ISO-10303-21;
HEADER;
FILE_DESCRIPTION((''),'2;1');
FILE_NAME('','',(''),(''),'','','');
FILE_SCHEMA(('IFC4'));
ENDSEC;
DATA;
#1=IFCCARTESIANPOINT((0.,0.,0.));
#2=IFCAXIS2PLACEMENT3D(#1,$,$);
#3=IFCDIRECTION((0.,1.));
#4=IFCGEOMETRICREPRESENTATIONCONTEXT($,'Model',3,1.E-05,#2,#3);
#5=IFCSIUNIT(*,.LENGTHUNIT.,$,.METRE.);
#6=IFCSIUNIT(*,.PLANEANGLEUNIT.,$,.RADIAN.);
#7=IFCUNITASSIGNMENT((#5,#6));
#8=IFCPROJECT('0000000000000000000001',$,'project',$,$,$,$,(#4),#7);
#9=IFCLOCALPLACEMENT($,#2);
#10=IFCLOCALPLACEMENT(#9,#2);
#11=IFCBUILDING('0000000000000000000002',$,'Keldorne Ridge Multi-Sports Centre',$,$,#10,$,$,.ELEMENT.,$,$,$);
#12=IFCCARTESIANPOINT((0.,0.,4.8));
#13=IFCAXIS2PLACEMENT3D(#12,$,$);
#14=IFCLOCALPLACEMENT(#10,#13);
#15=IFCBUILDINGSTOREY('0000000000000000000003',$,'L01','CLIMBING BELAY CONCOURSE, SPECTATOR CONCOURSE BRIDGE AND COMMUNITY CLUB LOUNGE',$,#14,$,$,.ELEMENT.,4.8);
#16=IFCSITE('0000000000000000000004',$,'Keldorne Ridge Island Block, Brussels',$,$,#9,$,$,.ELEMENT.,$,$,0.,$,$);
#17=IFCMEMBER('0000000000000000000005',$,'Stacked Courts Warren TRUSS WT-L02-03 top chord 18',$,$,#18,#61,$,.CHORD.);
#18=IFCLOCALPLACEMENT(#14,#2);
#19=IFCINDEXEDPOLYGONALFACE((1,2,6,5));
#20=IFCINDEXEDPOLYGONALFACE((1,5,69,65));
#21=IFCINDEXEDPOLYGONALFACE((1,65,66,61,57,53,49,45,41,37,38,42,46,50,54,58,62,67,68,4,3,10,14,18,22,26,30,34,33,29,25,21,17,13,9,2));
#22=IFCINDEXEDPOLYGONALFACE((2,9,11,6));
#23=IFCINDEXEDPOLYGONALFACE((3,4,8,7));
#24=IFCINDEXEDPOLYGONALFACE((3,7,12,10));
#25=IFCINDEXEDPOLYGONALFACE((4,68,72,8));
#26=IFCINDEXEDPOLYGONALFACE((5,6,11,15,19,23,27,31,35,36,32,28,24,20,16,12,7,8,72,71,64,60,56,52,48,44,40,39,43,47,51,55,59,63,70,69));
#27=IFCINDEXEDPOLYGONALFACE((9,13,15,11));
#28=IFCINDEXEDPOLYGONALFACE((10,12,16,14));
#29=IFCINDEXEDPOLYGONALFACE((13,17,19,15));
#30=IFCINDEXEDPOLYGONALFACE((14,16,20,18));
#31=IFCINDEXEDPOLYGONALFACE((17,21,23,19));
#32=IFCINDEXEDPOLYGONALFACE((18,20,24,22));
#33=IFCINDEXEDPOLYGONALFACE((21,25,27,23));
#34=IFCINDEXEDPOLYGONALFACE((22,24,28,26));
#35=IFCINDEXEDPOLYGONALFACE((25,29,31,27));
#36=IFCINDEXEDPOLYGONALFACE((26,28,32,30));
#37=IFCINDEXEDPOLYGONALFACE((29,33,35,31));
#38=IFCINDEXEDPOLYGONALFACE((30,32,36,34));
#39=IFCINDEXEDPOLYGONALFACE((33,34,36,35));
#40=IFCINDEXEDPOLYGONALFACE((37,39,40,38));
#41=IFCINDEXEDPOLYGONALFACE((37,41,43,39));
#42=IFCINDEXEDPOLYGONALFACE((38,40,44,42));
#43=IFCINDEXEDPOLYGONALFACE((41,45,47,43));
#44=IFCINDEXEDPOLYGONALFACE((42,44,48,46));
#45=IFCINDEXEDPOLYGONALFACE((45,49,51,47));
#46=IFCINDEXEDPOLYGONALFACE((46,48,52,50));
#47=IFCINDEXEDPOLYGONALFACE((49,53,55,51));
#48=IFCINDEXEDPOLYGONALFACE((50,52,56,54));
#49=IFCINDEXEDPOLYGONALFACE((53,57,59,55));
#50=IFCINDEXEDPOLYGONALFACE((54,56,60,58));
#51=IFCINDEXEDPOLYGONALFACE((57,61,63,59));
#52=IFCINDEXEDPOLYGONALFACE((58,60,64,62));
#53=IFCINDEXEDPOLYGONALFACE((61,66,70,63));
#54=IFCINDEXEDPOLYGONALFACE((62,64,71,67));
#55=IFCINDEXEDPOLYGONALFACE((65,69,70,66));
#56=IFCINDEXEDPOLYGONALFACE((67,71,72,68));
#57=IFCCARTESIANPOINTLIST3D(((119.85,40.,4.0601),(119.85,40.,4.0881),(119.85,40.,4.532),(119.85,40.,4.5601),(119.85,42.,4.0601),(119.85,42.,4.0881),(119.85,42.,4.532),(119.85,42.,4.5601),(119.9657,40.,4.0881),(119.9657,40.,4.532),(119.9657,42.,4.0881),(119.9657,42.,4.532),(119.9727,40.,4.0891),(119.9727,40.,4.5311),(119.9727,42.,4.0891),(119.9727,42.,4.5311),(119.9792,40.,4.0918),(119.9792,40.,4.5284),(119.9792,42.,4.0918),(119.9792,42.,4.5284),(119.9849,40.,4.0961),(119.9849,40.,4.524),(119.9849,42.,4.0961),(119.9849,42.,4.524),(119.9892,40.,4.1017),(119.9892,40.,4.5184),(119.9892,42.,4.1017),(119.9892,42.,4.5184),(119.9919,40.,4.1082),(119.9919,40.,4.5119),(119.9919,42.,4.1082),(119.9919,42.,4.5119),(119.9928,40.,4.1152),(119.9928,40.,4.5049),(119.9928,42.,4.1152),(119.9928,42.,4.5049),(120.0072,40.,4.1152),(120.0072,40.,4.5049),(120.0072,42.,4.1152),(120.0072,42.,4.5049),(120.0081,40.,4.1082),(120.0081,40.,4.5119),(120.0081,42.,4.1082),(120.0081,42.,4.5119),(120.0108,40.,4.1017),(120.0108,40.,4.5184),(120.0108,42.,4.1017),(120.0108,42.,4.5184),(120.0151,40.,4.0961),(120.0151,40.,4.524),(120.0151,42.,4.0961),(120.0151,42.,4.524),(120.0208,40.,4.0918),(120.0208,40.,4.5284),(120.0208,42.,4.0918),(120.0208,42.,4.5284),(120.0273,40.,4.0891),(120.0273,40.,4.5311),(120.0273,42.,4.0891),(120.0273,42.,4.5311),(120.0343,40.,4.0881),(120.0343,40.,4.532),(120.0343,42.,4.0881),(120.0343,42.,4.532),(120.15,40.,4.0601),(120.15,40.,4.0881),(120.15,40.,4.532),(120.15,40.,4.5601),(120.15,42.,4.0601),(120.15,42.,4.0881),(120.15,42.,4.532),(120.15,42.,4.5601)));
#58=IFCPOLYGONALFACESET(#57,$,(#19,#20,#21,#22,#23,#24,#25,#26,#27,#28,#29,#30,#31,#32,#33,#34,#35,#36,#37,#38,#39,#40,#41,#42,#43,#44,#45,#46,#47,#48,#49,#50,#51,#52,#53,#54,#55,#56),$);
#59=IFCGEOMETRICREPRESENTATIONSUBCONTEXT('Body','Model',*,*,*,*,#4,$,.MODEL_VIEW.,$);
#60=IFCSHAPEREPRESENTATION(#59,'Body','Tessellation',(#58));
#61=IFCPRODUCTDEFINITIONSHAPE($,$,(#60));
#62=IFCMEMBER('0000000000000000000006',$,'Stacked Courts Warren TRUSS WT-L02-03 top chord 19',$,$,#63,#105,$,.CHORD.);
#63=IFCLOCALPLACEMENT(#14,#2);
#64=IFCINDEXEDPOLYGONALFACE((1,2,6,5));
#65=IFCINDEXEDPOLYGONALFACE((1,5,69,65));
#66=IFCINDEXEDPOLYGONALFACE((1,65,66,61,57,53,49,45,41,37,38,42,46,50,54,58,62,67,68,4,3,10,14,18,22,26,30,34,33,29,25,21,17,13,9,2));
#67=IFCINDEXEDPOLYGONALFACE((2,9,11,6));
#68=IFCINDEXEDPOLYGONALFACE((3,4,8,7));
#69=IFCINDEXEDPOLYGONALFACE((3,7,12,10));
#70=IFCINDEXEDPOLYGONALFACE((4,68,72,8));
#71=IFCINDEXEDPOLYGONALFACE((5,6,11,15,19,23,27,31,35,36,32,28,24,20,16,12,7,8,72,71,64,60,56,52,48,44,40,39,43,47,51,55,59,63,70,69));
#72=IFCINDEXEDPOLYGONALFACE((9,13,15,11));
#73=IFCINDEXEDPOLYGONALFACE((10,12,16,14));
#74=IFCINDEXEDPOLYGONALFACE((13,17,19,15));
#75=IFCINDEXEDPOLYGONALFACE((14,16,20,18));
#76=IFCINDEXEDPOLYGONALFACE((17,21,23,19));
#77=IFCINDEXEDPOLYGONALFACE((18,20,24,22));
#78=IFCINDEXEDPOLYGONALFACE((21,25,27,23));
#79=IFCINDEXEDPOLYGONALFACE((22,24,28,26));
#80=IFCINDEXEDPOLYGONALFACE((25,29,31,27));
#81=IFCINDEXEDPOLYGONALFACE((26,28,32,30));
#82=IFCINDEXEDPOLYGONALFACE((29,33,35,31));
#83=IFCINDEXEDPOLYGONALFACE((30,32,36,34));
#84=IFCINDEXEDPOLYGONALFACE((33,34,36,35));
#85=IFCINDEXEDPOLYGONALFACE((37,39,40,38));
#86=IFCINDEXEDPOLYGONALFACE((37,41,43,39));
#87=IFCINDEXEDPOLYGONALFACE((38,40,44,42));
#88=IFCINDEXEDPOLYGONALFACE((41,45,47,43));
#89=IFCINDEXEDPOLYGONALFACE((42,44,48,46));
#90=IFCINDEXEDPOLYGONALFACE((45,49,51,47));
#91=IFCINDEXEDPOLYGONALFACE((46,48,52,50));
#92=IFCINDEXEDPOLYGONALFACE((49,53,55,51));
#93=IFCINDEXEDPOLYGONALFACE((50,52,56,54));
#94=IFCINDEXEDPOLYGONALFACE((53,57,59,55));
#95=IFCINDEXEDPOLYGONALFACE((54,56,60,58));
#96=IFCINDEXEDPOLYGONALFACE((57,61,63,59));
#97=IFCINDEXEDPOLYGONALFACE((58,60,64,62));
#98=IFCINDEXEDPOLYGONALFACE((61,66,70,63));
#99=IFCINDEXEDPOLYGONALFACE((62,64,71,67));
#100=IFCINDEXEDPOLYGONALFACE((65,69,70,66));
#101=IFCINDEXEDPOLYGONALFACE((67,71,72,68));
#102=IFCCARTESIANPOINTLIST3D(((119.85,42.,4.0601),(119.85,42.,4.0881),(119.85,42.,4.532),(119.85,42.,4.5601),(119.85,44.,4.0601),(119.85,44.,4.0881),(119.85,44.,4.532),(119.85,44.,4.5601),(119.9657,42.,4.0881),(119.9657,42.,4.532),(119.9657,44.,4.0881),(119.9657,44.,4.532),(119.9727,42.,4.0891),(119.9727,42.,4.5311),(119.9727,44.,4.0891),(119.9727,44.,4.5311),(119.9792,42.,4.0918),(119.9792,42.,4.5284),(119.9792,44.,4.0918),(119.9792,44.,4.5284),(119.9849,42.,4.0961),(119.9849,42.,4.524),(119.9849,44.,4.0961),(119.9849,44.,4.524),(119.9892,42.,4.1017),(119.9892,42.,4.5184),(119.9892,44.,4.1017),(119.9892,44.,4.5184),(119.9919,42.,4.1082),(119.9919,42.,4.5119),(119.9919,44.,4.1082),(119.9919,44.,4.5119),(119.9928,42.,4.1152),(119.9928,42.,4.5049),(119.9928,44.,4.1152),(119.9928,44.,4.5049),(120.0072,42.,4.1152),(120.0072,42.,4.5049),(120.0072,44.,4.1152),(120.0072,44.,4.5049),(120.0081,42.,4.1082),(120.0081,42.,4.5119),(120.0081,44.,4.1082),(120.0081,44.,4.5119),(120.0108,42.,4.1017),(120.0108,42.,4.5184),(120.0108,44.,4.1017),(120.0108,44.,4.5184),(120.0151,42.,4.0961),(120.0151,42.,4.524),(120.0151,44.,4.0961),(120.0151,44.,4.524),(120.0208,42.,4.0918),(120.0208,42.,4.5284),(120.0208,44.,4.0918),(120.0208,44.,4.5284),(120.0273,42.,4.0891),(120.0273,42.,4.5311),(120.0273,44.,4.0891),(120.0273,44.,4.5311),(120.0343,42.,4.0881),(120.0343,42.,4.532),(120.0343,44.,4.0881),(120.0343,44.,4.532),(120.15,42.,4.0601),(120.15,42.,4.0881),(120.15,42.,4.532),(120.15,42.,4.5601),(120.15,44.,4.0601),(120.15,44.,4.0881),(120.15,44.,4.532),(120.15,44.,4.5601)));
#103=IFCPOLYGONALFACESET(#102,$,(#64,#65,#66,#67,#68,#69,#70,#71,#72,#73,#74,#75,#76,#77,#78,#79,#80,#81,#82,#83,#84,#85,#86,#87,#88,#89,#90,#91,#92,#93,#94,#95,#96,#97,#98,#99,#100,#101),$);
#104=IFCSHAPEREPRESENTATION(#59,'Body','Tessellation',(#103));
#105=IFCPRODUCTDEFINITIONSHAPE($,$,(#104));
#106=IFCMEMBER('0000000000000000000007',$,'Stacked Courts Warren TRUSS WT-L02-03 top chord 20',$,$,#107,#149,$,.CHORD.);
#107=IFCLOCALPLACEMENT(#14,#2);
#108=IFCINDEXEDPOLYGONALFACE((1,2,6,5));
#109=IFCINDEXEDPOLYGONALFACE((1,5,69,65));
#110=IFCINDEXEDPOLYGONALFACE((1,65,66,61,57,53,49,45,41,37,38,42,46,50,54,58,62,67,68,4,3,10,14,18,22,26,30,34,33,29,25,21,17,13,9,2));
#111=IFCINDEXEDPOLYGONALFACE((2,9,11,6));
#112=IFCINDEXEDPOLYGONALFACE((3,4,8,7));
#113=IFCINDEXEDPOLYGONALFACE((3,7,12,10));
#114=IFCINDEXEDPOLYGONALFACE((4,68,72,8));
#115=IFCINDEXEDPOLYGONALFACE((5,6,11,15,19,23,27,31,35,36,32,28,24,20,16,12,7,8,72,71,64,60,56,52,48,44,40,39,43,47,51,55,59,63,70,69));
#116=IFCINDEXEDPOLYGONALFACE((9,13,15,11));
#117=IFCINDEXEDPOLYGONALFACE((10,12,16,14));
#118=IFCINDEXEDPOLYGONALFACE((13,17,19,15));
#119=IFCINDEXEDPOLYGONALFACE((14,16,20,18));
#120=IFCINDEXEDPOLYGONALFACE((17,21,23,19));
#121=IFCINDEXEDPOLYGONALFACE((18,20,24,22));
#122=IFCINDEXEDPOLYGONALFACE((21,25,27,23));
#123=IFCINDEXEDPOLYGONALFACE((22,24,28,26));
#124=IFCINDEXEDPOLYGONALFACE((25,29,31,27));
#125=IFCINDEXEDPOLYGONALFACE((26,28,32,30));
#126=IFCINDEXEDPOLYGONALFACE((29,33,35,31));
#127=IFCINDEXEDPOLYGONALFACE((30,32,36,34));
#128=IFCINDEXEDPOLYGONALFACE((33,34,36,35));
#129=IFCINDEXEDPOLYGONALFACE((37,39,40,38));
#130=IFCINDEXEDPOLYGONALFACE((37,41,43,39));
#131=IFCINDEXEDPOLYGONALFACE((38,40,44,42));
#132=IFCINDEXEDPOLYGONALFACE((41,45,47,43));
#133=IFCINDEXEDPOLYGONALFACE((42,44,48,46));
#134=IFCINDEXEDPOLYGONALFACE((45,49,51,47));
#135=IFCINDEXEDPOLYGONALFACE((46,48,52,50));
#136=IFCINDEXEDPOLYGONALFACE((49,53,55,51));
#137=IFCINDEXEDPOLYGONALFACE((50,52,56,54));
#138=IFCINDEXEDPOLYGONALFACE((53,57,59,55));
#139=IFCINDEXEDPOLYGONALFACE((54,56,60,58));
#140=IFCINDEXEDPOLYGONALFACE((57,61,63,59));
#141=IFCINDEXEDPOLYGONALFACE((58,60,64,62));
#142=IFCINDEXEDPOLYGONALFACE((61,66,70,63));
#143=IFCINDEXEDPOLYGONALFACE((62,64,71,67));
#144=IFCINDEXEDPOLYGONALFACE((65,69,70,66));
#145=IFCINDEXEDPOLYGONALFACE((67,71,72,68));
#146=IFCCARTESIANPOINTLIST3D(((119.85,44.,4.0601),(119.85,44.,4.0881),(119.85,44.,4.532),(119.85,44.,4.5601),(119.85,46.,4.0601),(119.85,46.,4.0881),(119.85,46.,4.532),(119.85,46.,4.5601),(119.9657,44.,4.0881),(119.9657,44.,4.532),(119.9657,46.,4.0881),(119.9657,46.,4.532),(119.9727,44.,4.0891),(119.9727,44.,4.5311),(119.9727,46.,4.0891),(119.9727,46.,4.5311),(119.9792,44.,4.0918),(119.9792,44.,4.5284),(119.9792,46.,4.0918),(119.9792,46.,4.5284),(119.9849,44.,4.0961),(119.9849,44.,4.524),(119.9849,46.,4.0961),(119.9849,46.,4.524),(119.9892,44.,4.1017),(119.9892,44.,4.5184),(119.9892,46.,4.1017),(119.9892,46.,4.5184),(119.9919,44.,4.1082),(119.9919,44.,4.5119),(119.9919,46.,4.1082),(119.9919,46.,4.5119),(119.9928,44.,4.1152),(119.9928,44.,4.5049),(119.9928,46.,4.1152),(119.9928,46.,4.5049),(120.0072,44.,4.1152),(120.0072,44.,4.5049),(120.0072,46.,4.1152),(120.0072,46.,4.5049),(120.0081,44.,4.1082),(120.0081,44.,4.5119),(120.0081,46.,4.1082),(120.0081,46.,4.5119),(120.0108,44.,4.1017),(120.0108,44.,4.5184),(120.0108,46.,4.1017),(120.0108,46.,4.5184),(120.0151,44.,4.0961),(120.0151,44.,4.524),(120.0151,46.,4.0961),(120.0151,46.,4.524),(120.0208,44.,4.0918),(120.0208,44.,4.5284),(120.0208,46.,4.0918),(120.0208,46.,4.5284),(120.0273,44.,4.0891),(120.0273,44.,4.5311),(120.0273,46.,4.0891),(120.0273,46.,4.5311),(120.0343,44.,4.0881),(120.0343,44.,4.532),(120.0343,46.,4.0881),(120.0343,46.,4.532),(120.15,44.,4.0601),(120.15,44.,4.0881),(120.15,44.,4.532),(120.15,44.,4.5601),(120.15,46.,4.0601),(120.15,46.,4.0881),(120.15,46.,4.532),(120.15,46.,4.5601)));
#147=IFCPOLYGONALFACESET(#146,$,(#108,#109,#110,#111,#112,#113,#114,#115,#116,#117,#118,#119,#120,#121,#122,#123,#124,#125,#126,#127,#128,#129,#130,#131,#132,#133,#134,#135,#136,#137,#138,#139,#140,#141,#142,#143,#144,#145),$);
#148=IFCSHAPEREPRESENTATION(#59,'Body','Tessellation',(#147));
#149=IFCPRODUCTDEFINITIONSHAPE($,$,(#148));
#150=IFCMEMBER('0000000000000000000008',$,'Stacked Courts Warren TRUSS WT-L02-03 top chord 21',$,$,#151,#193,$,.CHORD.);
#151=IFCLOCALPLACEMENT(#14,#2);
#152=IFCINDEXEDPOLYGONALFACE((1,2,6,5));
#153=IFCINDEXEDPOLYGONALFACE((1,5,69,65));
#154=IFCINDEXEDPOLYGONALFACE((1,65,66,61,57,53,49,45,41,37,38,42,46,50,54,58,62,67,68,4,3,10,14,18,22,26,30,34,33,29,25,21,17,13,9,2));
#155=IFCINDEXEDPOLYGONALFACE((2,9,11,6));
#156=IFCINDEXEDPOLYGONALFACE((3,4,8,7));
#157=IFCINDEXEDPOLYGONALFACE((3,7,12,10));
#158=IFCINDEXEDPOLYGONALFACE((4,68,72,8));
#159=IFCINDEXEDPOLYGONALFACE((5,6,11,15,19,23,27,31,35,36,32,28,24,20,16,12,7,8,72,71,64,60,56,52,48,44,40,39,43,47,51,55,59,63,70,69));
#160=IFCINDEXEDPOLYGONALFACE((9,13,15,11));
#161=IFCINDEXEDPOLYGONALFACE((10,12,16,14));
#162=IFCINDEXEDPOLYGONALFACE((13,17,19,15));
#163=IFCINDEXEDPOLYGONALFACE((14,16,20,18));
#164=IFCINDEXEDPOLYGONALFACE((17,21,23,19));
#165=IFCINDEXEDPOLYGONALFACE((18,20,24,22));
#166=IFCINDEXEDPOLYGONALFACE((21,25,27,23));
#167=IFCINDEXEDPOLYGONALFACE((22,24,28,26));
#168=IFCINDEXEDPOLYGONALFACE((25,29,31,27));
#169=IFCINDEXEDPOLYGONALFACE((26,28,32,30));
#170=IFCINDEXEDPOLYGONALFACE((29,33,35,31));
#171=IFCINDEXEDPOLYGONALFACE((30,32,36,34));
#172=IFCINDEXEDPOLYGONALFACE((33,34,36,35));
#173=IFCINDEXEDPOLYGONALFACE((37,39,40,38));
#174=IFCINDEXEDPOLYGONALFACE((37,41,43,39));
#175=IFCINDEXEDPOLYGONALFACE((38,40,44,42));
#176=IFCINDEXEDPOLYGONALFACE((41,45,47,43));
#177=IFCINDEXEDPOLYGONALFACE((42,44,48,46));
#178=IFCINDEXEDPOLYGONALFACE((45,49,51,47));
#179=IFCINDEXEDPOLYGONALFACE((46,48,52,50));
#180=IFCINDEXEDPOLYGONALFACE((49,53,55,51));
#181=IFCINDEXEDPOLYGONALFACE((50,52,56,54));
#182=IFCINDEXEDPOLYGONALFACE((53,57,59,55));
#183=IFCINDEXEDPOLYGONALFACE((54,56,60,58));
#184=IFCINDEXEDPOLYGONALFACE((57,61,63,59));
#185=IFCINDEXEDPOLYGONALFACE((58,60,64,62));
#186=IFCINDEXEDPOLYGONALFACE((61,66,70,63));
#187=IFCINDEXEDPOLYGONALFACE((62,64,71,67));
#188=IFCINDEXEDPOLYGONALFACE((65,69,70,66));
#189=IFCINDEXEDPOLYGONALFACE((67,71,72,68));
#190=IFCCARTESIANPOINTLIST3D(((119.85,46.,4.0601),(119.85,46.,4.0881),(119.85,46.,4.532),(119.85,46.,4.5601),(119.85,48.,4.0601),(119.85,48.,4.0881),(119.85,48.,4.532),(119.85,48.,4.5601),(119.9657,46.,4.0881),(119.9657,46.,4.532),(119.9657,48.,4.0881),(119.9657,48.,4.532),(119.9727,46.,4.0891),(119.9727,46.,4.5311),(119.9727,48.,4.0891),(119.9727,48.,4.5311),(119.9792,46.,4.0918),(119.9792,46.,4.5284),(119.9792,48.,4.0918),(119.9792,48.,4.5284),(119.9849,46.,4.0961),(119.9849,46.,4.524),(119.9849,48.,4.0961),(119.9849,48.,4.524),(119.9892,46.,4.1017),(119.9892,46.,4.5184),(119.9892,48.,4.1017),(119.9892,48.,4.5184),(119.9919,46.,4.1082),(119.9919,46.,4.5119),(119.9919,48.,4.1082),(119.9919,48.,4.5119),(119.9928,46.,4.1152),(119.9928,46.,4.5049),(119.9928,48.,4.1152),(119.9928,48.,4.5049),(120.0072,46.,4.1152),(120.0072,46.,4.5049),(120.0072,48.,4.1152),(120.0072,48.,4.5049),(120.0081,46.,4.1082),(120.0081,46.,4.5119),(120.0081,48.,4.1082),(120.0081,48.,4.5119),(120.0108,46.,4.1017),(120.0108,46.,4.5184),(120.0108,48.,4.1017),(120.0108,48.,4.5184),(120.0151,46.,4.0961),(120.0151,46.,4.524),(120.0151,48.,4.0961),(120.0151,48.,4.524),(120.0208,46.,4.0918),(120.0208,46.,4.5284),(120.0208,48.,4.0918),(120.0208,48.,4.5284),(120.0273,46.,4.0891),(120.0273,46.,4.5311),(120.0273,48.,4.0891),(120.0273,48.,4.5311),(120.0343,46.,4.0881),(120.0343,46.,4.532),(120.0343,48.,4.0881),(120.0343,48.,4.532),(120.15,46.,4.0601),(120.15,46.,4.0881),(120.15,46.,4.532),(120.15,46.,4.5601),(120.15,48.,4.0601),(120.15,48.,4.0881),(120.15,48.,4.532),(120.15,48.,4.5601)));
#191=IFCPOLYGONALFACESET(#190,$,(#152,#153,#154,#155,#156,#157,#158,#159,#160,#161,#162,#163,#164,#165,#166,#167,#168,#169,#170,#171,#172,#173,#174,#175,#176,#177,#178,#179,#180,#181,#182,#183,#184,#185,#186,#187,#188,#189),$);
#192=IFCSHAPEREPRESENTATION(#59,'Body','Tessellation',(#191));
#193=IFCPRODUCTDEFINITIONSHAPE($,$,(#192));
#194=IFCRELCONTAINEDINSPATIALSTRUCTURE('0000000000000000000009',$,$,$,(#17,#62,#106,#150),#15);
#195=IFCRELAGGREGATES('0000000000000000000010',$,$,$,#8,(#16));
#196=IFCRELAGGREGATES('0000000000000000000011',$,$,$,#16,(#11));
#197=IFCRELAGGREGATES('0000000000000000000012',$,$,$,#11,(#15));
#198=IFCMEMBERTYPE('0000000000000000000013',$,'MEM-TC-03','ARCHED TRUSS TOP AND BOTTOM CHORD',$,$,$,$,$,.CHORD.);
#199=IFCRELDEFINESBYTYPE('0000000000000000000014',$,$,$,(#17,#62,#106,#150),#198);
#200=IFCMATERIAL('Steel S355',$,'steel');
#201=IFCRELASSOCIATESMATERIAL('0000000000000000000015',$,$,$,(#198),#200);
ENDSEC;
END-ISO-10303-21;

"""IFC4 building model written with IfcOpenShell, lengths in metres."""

from ifc_helpers import new_model, si_unit, direction, frame, origin, origin_2d, place, context, subcontext, project, spatial, i_section, extrude, material, material_profile, profile_set, type_object, element, save


model = new_model("IFC4")

# Units and contexts
model_context = context("Model", 3, precision=1e-05, world=origin(), true_north=direction((0.0, 1.0)))
body_context = subcontext(model_context, "Body", "Model", "MODEL_VIEW")
ifc_project = project(units=[si_unit("LENGTHUNIT", "METRE"), si_unit("PLANEANGLEUNIT", "RADIAN")], contexts=[model_context])

# Site, building, storey
site_placement = place(None, origin())
site = spatial("IfcSite", under=ifc_project, at=site_placement, Name="Keldorne Ridge Island Block, Brussels", CompositionType="ELEMENT", RefElevation=0.0)
building_placement = place(site_placement, origin())
building = spatial("IfcBuilding", under=site, at=building_placement, Name="Keldorne Ridge Multi-Sports Centre", CompositionType="ELEMENT")
storey_placement = place(building_placement, frame((0.0, 0.0, 4.8)))
storey = spatial("IfcBuildingStorey", under=building, at=storey_placement, Name="L01", Description="CLIMBING BELAY CONCOURSE, SPECTATOR CONCOURSE BRIDGE AND COMMUNITY CLUB LOUNGE", CompositionType="ELEMENT", Elevation=4.8)

# Members
ifc_material = material(Name="Steel S355", Category="steel")
ifc_material_profile_1 = material_profile(ifc_material, i_section(OverallWidth=0.3, OverallDepth=0.5, WebThickness=0.0144, FlangeThickness=0.0281, FilletRadius=0.0271, at=origin_2d()), Name="HEB 500")
ifc_profile_set_1 = profile_set([ifc_material_profile_1], Name="Steel S355")
member_type_1 = type_object("IfcMemberType", Name="MEM-TC-03", Description="ARCHED TRUSS TOP AND BOTTOM CHORD", PredefinedType="CHORD", material=ifc_profile_set_1)
for number, where, z_axis, x_axis, name in (
    (1, (120.0, 40.0, 4.3101), (0.0, 1.0, 0.0), (-1.0, 0.0, 0.0), "Stacked Courts Warren TRUSS WT-L02-03 top chord 18"),
    (2, (120.0, 42.0, 4.3101), (0.0, 1.0, 0.0), (-1.0, 0.0, 0.0), "Stacked Courts Warren TRUSS WT-L02-03 top chord 19"),
    (3, (120.0, 44.0, 4.3101), (0.0, 1.0, 0.0), (-1.0, 0.0, 0.0), "Stacked Courts Warren TRUSS WT-L02-03 top chord 20"),
    (4, (120.0, 46.0, 4.3101), (0.0, 1.0, 0.0), (-1.0, 0.0, 0.0), "Stacked Courts Warren TRUSS WT-L02-03 top chord 21"),
):
    element("IfcMember", number, at=place(storey_placement, frame(where, z_axis=z_axis, x_axis=x_axis)), inside=storey, type_object=member_type_1, Name=name, PredefinedType="CHORD", context=body_context, shape_type="SweptSolid", body=[
        extrude(i_section(OverallWidth=0.3, OverallDepth=0.5, WebThickness=0.0144, FlangeThickness=0.0281, FilletRadius=0.0271, at=origin_2d()), origin(), (0.0, 0.0, 1.0), 2.0),
    ])

save(model, "model.ifc")
